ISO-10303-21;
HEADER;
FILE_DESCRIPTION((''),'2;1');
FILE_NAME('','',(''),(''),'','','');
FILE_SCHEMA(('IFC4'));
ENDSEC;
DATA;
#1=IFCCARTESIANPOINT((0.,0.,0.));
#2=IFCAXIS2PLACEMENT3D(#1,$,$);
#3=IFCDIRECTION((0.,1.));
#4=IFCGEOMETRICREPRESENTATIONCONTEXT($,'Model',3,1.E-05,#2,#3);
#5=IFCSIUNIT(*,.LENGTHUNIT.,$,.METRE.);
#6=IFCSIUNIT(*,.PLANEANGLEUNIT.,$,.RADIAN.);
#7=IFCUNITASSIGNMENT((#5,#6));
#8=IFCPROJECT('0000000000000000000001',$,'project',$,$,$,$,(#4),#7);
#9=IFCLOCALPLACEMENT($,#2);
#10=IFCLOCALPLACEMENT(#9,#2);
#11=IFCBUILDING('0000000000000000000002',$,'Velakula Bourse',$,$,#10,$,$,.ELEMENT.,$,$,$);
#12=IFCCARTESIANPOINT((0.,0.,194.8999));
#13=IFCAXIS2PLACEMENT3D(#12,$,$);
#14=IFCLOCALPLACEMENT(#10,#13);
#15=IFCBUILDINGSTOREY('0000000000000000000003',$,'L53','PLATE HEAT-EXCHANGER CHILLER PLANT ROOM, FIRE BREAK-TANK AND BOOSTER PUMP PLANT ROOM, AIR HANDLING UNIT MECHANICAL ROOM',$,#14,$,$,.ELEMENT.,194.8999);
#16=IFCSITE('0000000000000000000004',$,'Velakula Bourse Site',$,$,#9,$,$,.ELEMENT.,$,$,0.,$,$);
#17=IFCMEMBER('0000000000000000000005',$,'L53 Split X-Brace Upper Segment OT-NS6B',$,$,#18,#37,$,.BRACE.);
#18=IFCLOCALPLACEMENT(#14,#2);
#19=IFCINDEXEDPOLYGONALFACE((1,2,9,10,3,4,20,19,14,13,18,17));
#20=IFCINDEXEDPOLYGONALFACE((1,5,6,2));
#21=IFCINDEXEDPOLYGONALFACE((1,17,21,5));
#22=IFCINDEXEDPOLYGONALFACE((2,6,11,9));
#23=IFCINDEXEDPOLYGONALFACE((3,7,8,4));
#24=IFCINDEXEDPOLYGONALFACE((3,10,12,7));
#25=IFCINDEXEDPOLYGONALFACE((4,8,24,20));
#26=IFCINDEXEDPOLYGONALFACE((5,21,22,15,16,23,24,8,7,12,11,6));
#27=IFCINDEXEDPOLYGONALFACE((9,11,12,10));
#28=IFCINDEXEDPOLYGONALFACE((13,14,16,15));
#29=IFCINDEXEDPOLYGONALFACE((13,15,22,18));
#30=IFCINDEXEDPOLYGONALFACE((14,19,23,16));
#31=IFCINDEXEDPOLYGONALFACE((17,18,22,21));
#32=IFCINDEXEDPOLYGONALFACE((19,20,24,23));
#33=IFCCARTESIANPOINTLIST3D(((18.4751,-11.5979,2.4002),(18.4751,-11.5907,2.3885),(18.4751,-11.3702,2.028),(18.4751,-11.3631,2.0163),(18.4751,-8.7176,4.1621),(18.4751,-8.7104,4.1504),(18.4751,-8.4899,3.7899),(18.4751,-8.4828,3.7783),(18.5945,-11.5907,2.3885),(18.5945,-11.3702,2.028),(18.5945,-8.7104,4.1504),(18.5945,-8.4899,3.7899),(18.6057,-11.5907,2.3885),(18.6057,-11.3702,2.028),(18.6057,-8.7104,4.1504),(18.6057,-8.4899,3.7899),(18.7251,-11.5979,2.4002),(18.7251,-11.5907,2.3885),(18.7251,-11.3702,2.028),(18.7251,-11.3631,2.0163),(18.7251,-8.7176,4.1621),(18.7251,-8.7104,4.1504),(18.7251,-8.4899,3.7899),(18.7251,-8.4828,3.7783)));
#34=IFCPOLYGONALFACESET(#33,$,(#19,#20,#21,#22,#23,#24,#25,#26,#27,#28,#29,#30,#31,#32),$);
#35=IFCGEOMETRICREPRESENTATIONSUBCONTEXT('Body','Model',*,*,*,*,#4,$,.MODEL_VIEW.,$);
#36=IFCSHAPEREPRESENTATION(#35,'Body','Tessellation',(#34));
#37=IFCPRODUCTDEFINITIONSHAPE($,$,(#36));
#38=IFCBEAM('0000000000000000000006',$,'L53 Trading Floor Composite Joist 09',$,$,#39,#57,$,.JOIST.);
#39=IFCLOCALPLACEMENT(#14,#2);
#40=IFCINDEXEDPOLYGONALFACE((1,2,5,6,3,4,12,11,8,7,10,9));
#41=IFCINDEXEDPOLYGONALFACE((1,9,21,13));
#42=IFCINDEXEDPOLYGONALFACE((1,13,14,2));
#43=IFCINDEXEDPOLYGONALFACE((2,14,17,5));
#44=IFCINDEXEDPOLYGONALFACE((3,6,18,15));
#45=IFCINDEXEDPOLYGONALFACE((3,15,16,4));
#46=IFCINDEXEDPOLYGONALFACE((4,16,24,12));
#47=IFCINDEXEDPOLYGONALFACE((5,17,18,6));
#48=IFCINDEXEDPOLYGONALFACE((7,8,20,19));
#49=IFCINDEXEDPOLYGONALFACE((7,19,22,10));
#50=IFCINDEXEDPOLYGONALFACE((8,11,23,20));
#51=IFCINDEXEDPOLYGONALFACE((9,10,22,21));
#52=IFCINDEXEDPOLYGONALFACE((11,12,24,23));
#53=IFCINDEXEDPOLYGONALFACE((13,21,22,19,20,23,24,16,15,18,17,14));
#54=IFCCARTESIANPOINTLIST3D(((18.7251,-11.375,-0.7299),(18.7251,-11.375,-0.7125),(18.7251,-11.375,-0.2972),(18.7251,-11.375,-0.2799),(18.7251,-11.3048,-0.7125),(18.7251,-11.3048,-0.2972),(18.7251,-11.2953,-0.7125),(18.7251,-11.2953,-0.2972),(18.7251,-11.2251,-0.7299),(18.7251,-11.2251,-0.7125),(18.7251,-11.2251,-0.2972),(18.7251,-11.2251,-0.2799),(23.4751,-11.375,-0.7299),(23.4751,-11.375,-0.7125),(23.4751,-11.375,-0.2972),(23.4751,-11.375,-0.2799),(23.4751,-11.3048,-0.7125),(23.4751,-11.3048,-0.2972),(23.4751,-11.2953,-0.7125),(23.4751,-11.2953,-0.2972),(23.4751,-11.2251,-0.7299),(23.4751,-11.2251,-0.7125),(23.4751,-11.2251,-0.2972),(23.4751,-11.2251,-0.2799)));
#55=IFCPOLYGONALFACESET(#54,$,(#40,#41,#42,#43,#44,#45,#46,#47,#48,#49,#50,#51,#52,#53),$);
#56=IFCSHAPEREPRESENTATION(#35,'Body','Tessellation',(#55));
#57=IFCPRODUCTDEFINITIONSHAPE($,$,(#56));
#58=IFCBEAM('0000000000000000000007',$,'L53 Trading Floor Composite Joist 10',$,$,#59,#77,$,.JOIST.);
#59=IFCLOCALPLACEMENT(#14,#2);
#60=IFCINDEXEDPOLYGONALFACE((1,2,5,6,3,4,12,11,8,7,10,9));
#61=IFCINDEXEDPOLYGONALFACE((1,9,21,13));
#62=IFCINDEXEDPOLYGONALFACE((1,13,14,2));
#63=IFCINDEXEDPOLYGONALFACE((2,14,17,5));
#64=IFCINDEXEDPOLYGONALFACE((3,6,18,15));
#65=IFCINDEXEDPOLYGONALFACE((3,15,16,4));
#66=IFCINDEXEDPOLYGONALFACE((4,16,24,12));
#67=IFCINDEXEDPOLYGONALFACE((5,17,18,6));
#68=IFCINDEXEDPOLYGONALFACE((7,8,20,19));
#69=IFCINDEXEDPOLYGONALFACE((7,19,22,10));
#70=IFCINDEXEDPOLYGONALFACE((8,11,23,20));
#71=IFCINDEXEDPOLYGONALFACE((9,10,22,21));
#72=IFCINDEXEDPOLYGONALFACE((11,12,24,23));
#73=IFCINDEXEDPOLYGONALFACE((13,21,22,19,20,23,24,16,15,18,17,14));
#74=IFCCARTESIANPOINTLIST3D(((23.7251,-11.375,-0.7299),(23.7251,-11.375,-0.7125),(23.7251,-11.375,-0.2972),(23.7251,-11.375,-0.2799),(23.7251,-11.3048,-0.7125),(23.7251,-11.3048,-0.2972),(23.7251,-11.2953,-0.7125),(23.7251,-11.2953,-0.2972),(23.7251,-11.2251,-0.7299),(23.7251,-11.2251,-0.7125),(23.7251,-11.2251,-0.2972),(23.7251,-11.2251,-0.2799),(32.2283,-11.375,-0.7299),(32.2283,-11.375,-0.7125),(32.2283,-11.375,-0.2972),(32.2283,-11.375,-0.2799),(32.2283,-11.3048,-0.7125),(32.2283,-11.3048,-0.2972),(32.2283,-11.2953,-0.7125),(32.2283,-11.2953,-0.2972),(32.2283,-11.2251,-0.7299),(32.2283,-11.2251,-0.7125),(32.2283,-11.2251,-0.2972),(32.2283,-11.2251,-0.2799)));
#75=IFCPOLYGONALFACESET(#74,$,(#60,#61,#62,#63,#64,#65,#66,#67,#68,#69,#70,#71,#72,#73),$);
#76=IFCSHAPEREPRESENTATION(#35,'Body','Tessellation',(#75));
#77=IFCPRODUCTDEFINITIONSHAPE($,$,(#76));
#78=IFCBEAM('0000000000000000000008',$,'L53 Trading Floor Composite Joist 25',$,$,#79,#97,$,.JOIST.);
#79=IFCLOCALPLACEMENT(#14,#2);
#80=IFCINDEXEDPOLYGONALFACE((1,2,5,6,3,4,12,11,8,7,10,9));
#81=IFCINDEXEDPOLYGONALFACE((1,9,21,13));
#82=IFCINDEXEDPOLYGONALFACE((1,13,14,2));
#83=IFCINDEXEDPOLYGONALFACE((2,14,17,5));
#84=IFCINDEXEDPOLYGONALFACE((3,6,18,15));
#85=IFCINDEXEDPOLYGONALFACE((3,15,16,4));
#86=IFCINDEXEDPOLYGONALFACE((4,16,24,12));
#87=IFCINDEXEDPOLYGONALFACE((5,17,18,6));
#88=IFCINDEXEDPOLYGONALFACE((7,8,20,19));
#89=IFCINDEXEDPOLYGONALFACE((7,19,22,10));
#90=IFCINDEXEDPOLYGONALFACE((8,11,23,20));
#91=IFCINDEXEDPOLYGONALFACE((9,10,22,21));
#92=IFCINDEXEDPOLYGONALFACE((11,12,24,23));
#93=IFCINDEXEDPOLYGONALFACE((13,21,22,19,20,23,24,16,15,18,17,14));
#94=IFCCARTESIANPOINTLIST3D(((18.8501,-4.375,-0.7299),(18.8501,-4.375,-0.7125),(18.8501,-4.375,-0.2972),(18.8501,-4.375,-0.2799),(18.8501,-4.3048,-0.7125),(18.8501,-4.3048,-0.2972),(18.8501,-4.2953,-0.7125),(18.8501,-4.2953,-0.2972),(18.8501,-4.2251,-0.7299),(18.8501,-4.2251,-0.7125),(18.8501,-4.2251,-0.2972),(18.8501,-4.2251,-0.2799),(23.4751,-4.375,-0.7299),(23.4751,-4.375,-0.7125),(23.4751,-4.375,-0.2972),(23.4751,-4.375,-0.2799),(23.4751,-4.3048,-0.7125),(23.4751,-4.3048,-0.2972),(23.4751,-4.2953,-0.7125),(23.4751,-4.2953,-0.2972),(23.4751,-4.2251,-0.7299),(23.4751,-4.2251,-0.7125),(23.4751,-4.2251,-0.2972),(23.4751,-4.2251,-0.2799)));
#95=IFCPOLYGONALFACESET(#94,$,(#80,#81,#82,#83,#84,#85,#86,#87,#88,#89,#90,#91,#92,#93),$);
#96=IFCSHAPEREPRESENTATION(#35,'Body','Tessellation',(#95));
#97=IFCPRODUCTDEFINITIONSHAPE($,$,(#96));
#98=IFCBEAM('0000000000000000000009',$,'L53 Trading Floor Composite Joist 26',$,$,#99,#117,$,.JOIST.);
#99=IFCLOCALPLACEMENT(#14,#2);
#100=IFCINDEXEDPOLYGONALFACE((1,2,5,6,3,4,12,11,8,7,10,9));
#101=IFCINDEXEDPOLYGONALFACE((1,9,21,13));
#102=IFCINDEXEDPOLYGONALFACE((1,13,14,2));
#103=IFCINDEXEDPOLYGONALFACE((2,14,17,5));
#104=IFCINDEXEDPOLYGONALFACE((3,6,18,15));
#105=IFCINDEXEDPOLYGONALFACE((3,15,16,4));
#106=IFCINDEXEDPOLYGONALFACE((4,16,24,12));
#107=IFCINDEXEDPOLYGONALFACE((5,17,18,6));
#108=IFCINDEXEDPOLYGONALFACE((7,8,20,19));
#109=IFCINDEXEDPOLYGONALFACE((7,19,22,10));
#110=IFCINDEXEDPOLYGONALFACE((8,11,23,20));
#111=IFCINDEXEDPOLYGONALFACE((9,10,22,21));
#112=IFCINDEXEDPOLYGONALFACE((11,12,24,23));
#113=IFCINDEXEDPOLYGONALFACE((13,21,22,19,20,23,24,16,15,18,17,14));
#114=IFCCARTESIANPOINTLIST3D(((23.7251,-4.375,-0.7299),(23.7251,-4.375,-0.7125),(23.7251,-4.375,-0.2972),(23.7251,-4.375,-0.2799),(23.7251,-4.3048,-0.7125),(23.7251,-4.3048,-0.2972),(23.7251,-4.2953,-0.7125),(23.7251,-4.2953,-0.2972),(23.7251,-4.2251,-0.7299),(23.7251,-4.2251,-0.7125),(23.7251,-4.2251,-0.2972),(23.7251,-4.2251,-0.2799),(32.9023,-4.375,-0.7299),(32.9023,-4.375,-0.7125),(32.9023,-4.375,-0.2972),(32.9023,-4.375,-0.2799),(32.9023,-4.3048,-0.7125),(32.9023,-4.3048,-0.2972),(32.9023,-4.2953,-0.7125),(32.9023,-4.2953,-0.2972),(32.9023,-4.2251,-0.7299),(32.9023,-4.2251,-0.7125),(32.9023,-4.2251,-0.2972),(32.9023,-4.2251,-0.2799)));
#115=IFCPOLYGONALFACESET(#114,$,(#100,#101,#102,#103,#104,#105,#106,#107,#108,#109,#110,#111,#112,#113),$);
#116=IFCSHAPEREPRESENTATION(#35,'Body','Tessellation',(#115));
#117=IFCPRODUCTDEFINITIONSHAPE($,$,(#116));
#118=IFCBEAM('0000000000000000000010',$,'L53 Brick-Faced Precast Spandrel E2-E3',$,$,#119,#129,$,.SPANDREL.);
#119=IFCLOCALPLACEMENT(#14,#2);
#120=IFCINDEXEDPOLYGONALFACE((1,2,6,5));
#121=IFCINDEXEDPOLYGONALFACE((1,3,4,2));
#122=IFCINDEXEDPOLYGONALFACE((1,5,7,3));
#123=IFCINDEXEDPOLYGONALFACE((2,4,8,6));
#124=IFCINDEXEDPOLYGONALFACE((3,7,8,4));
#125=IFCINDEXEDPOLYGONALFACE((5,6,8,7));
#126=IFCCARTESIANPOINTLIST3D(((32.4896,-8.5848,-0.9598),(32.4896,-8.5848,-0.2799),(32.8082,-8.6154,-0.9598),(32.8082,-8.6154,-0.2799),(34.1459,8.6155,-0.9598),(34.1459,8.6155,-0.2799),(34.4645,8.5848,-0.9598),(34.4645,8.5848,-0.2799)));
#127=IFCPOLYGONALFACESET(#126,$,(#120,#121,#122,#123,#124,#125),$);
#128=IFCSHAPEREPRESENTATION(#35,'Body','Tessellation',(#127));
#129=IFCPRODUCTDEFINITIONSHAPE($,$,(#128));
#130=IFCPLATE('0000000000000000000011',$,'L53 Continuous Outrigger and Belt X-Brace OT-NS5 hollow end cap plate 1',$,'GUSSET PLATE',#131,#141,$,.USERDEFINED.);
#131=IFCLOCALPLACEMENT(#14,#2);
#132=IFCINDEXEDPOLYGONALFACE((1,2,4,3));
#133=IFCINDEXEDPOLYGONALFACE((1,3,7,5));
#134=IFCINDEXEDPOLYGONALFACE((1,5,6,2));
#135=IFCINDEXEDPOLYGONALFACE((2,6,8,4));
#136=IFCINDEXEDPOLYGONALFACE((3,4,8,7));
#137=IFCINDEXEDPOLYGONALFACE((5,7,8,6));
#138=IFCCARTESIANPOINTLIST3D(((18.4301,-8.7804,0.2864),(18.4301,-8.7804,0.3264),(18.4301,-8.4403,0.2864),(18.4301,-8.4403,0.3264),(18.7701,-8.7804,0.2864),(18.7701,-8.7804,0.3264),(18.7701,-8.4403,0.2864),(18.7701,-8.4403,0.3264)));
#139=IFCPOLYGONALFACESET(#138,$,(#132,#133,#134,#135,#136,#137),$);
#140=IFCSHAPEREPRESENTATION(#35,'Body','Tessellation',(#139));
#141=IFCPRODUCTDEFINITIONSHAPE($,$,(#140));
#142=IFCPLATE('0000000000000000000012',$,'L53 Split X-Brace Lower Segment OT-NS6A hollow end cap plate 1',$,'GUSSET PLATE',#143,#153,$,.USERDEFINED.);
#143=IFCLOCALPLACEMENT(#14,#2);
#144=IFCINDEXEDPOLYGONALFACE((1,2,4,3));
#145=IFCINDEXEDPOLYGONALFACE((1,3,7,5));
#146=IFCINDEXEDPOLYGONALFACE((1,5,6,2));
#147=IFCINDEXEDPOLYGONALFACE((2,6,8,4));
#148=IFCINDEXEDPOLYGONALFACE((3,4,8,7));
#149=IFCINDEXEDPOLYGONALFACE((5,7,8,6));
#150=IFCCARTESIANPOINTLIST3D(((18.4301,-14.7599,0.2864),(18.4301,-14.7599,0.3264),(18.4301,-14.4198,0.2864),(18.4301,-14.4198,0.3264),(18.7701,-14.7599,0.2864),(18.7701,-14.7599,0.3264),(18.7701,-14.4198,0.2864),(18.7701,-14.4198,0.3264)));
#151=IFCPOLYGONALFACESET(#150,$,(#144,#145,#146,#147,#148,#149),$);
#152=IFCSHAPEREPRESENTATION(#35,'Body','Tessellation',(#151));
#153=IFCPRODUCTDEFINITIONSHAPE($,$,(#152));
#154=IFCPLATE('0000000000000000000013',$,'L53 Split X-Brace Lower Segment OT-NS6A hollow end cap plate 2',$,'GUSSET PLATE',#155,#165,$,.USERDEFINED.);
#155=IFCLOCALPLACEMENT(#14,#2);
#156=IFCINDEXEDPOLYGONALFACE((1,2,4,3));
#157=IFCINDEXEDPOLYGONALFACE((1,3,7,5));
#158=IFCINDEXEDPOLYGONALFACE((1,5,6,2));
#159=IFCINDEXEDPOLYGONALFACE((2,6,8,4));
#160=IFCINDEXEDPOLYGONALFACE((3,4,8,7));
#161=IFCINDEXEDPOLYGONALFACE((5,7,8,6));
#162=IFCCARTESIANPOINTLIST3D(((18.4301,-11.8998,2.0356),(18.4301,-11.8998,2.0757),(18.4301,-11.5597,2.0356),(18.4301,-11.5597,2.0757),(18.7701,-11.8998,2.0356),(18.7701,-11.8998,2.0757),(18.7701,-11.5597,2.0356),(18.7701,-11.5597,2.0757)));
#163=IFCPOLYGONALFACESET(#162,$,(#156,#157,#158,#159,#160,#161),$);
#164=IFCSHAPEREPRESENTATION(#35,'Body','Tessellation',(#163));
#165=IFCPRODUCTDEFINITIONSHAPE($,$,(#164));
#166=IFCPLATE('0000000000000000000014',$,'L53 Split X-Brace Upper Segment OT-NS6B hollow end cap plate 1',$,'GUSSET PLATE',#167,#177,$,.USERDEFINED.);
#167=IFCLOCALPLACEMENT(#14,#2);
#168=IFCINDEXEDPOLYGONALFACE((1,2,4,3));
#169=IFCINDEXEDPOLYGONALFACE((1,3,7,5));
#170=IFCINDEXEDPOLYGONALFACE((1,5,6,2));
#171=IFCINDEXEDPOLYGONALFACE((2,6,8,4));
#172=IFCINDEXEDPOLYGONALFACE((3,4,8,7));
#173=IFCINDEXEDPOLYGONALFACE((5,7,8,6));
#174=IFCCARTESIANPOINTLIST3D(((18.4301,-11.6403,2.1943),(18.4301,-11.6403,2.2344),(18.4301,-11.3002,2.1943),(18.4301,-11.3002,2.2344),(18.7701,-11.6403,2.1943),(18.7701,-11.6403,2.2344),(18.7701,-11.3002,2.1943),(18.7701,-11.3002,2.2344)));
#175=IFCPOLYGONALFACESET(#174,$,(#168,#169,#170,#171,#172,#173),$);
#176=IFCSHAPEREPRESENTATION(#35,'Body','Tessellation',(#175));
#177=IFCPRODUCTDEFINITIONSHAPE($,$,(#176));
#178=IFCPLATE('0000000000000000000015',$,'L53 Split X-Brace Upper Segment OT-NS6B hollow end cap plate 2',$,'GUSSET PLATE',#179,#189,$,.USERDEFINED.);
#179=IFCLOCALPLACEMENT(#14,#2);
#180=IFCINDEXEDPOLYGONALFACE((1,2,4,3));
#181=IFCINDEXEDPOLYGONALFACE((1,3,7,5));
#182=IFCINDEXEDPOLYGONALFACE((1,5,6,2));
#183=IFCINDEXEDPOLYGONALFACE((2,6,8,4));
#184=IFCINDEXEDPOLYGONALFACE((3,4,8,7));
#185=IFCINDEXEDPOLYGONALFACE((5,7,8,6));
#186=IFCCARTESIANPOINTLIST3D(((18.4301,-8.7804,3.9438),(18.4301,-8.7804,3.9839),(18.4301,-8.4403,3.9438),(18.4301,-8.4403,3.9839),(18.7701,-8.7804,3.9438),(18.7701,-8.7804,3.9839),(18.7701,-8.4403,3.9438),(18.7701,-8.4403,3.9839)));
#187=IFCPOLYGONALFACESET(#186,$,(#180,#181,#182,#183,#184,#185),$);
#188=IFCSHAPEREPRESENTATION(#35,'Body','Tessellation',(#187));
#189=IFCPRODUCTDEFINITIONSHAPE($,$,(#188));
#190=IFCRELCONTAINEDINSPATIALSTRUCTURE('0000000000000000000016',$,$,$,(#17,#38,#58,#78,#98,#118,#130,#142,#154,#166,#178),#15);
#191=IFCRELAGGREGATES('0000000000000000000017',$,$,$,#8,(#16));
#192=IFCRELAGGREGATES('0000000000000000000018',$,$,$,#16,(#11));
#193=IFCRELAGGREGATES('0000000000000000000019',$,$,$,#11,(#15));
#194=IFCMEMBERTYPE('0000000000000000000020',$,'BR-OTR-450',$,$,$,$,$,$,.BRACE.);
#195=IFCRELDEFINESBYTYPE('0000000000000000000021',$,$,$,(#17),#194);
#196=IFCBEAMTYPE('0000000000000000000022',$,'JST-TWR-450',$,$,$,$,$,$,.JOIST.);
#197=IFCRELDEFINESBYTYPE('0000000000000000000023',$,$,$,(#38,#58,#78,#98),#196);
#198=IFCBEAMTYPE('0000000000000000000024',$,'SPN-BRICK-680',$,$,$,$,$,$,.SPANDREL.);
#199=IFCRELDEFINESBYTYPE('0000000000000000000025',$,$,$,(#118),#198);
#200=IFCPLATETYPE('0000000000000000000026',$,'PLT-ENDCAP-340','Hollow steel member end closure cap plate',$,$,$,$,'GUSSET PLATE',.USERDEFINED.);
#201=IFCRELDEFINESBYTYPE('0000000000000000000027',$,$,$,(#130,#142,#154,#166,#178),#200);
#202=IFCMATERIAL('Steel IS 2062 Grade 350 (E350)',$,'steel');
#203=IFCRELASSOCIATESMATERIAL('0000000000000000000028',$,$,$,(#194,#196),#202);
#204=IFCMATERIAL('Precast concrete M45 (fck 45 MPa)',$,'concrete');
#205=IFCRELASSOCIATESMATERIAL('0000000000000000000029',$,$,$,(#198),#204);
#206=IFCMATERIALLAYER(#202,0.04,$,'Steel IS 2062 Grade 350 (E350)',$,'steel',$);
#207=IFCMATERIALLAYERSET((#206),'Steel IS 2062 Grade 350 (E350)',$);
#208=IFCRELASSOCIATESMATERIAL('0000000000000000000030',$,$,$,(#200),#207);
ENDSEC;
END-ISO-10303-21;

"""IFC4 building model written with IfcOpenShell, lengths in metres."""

from ifc_helpers import new_model, si_unit, direction, frame, origin, origin_2d, place, context, subcontext, project, spatial, rectangle, i_section, extrude, material, layer, layer_set, material_profile, profile_set, type_object, element, save


model = new_model("IFC4")

# Units and contexts
model_context = context("Model", 3, precision=1e-05, world=origin(), true_north=direction((0.0, 1.0)))
body_context = subcontext(model_context, "Body", "Model", "MODEL_VIEW")
ifc_project = project(units=[si_unit("LENGTHUNIT", "METRE"), si_unit("PLANEANGLEUNIT", "RADIAN")], contexts=[model_context])

# Site, building, storey
site_placement = place(None, origin())
site = spatial("IfcSite", under=ifc_project, at=site_placement, Name="Velakula Bourse Site", CompositionType="ELEMENT", RefElevation=0.0)
building_placement = place(site_placement, origin())
building = spatial("IfcBuilding", under=site, at=building_placement, Name="Velakula Bourse", CompositionType="ELEMENT")
storey_placement = place(building_placement, frame((0.0, 0.0, 194.8999)))
storey = spatial("IfcBuildingStorey", under=building, at=storey_placement, Name="L53", Description="PLATE HEAT-EXCHANGER CHILLER PLANT ROOM, FIRE BREAK-TANK AND BOOSTER PUMP PLANT ROOM, AIR HANDLING UNIT MECHANICAL ROOM", CompositionType="ELEMENT", Elevation=194.8999)

# Shared definitions
ifc_material_1 = material(Name="Steel IS 2062 Grade 350 (E350)", Category="steel")

# Member
ifc_material_profile_1 = material_profile(ifc_material_1, i_section(OverallWidth=0.25, OverallDepth=0.45, WebThickness=0.0112, FlangeThickness=0.0137, at=origin_2d()), Name="Steel IS 2062 Grade 350 (E350)")
ifc_profile_set_1 = profile_set([ifc_material_profile_1], Name="Steel IS 2062 Grade 350 (E350)")
member_type = type_object("IfcMemberType", Name="BR-OTR-450", PredefinedType="BRACE", material=ifc_profile_set_1)
member_1_placement = place(storey_placement, frame((18.6001, -11.4805, 2.2083), z_axis=(0.0, 0.853053, 0.521824), x_axis=(-1.0, 0.0, 0.0)))
element("IfcMember", 1, at=member_1_placement, inside=storey, type_object=member_type, Name="L53 Split X-Brace Upper Segment OT-NS6B", PredefinedType="BRACE", context=body_context, shape_type="SweptSolid", body=[
    extrude(i_section(OverallWidth=0.25, OverallDepth=0.45, WebThickness=0.0112, FlangeThickness=0.0137, at=origin_2d()), origin(), (0.0, 0.0, 1.0), 3.3765),
])

# Beams
ifc_material_profile_2 = material_profile(ifc_material_1, i_section(OverallWidth=0.1499, OverallDepth=0.45, WebThickness=0.0095, FlangeThickness=0.0173, at=origin_2d()), Name="Steel IS 2062 Grade 350 (E350)")
ifc_profile_set_2 = profile_set([ifc_material_profile_2], Name="Steel IS 2062 Grade 350 (E350)")
beam_type_1 = type_object("IfcBeamType", Name="JST-TWR-450", PredefinedType="JOIST", material=ifc_profile_set_2)
beam_1_placement = place(storey_placement, frame((18.7251, -11.3, -0.5049), z_axis=(1.0, 0.0, 0.0), x_axis=(0.0, 1.0, 0.0)))
element("IfcBeam", 2, at=beam_1_placement, inside=storey, type_object=beam_type_1, Name="L53 Trading Floor Composite Joist 09", PredefinedType="JOIST", context=body_context, shape_type="SweptSolid", body=[
    extrude(i_section(OverallWidth=0.1499, OverallDepth=0.45, WebThickness=0.0095, FlangeThickness=0.0173, at=origin_2d()), origin(), (0.0, 0.0, 1.0), 4.75),
])
beam_2_placement = place(storey_placement, frame((23.7251, -11.3, -0.5049), z_axis=(1.0, 0.0, 0.0), x_axis=(0.0, 1.0, 0.0)))
element("IfcBeam", 3, at=beam_2_placement, inside=storey, type_object=beam_type_1, Name="L53 Trading Floor Composite Joist 10", PredefinedType="JOIST", context=body_context, shape_type="SweptSolid", body=[
    extrude(i_section(OverallWidth=0.1499, OverallDepth=0.45, WebThickness=0.0095, FlangeThickness=0.0173, at=origin_2d()), origin(), (0.0, 0.0, 1.0), 8.5032),
])
beam_3_placement = place(storey_placement, frame((18.8501, -4.3, -0.5049), z_axis=(1.0, 0.0, 0.0), x_axis=(0.0, 1.0, 0.0)))
element("IfcBeam", 4, at=beam_3_placement, inside=storey, type_object=beam_type_1, Name="L53 Trading Floor Composite Joist 25", PredefinedType="JOIST", context=body_context, shape_type="SweptSolid", body=[
    extrude(i_section(OverallWidth=0.1499, OverallDepth=0.45, WebThickness=0.0095, FlangeThickness=0.0173, at=origin_2d()), origin(), (0.0, 0.0, 1.0), 4.625),
])
beam_4_placement = place(storey_placement, frame((23.7251, -4.3, -0.5049), z_axis=(1.0, 0.0, 0.0), x_axis=(0.0, 1.0, 0.0)))
element("IfcBeam", 5, at=beam_4_placement, inside=storey, type_object=beam_type_1, Name="L53 Trading Floor Composite Joist 26", PredefinedType="JOIST", context=body_context, shape_type="SweptSolid", body=[
    extrude(i_section(OverallWidth=0.1499, OverallDepth=0.45, WebThickness=0.0095, FlangeThickness=0.0173, at=origin_2d()), origin(), (0.0, 0.0, 1.0), 9.1772),
])
ifc_material_2 = material(Name="Precast concrete M45 (fck 45 MPa)", Category="concrete")
ifc_material_profile_3 = material_profile(ifc_material_2, rectangle(XDim=0.3201, YDim=0.6799, at=origin_2d()), Name="Precast concrete M45 (fck 45 MPa)")
ifc_profile_set_3 = profile_set([ifc_material_profile_3], Name="Precast concrete M45 (fck 45 MPa)")
beam_type_2 = type_object("IfcBeamType", Name="SPN-BRICK-680", PredefinedType="SPANDREL", material=ifc_profile_set_3)
beam_5_placement = place(storey_placement, frame((32.6489, -8.6001, -0.6199), z_axis=(0.095849, 0.995396, 0.0), x_axis=(-0.995396, 0.095849, 0.0)))
element("IfcBeam", 6, at=beam_5_placement, inside=storey, type_object=beam_type_2, Name="L53 Brick-Faced Precast Spandrel E2-E3", PredefinedType="SPANDREL", context=body_context, shape_type="SweptSolid", body=[
    extrude(rectangle(XDim=0.3201, YDim=0.6799, at=origin_2d()), origin(), (0.0, 0.0, 1.0), 17.2798),
])

# Plates
ifc_layer_1 = layer(ifc_material_1, 0.04, Name="Steel IS 2062 Grade 350 (E350)", Category="steel")
ifc_layer_set_1 = layer_set([ifc_layer_1], Name="Steel IS 2062 Grade 350 (E350)")
plate_type_1 = type_object("IfcPlateType", Name="PLT-ENDCAP-340", Description="Hollow steel member end closure cap plate", ElementType="GUSSET PLATE", PredefinedType="USERDEFINED", material=ifc_layer_set_1)
for number, where, z_axis, x_axis, name in (
    (7, (18.6001, -8.6104, 0.2864), (0.0, 0.0, 1.0), (0.0, -1.0, 0.0), "L53 Continuous Outrigger and Belt X-Brace OT-NS5 hollow end cap plate 1"),
    (8, (18.6001, -14.5898, 0.2864), (0.0, 0.0, 1.0), (0.0, 1.0, 0.0), "L53 Split X-Brace Lower Segment OT-NS6A hollow end cap plate 1"),
    (9, (18.6001, -11.7297, 2.0356), (0.0, 0.0, 1.0), (0.0, 1.0, 0.0), "L53 Split X-Brace Lower Segment OT-NS6A hollow end cap plate 2"),
    (10, (18.6001, -11.4702, 2.1943), (0.0, 0.0, 1.0), (0.0, 1.0, 0.0), "L53 Split X-Brace Upper Segment OT-NS6B hollow end cap plate 1"),
    (11, (18.6001, -8.6104, 3.9438), (0.0, 0.0, 1.0), (0.0, 1.0, 0.0), "L53 Split X-Brace Upper Segment OT-NS6B hollow end cap plate 2"),
):
    element("IfcPlate", number, at=place(storey_placement, frame(where, z_axis=z_axis, x_axis=x_axis)), inside=storey, type_object=plate_type_1, Name=name, ObjectType="GUSSET PLATE", PredefinedType="USERDEFINED", context=body_context, shape_type="SweptSolid", body=[
        extrude(rectangle(XDim=0.3401, YDim=0.3401, at=origin_2d()), origin(), (0.0, 0.0, 1.0), 0.04),
    ])

save(model, "model.ifc")
